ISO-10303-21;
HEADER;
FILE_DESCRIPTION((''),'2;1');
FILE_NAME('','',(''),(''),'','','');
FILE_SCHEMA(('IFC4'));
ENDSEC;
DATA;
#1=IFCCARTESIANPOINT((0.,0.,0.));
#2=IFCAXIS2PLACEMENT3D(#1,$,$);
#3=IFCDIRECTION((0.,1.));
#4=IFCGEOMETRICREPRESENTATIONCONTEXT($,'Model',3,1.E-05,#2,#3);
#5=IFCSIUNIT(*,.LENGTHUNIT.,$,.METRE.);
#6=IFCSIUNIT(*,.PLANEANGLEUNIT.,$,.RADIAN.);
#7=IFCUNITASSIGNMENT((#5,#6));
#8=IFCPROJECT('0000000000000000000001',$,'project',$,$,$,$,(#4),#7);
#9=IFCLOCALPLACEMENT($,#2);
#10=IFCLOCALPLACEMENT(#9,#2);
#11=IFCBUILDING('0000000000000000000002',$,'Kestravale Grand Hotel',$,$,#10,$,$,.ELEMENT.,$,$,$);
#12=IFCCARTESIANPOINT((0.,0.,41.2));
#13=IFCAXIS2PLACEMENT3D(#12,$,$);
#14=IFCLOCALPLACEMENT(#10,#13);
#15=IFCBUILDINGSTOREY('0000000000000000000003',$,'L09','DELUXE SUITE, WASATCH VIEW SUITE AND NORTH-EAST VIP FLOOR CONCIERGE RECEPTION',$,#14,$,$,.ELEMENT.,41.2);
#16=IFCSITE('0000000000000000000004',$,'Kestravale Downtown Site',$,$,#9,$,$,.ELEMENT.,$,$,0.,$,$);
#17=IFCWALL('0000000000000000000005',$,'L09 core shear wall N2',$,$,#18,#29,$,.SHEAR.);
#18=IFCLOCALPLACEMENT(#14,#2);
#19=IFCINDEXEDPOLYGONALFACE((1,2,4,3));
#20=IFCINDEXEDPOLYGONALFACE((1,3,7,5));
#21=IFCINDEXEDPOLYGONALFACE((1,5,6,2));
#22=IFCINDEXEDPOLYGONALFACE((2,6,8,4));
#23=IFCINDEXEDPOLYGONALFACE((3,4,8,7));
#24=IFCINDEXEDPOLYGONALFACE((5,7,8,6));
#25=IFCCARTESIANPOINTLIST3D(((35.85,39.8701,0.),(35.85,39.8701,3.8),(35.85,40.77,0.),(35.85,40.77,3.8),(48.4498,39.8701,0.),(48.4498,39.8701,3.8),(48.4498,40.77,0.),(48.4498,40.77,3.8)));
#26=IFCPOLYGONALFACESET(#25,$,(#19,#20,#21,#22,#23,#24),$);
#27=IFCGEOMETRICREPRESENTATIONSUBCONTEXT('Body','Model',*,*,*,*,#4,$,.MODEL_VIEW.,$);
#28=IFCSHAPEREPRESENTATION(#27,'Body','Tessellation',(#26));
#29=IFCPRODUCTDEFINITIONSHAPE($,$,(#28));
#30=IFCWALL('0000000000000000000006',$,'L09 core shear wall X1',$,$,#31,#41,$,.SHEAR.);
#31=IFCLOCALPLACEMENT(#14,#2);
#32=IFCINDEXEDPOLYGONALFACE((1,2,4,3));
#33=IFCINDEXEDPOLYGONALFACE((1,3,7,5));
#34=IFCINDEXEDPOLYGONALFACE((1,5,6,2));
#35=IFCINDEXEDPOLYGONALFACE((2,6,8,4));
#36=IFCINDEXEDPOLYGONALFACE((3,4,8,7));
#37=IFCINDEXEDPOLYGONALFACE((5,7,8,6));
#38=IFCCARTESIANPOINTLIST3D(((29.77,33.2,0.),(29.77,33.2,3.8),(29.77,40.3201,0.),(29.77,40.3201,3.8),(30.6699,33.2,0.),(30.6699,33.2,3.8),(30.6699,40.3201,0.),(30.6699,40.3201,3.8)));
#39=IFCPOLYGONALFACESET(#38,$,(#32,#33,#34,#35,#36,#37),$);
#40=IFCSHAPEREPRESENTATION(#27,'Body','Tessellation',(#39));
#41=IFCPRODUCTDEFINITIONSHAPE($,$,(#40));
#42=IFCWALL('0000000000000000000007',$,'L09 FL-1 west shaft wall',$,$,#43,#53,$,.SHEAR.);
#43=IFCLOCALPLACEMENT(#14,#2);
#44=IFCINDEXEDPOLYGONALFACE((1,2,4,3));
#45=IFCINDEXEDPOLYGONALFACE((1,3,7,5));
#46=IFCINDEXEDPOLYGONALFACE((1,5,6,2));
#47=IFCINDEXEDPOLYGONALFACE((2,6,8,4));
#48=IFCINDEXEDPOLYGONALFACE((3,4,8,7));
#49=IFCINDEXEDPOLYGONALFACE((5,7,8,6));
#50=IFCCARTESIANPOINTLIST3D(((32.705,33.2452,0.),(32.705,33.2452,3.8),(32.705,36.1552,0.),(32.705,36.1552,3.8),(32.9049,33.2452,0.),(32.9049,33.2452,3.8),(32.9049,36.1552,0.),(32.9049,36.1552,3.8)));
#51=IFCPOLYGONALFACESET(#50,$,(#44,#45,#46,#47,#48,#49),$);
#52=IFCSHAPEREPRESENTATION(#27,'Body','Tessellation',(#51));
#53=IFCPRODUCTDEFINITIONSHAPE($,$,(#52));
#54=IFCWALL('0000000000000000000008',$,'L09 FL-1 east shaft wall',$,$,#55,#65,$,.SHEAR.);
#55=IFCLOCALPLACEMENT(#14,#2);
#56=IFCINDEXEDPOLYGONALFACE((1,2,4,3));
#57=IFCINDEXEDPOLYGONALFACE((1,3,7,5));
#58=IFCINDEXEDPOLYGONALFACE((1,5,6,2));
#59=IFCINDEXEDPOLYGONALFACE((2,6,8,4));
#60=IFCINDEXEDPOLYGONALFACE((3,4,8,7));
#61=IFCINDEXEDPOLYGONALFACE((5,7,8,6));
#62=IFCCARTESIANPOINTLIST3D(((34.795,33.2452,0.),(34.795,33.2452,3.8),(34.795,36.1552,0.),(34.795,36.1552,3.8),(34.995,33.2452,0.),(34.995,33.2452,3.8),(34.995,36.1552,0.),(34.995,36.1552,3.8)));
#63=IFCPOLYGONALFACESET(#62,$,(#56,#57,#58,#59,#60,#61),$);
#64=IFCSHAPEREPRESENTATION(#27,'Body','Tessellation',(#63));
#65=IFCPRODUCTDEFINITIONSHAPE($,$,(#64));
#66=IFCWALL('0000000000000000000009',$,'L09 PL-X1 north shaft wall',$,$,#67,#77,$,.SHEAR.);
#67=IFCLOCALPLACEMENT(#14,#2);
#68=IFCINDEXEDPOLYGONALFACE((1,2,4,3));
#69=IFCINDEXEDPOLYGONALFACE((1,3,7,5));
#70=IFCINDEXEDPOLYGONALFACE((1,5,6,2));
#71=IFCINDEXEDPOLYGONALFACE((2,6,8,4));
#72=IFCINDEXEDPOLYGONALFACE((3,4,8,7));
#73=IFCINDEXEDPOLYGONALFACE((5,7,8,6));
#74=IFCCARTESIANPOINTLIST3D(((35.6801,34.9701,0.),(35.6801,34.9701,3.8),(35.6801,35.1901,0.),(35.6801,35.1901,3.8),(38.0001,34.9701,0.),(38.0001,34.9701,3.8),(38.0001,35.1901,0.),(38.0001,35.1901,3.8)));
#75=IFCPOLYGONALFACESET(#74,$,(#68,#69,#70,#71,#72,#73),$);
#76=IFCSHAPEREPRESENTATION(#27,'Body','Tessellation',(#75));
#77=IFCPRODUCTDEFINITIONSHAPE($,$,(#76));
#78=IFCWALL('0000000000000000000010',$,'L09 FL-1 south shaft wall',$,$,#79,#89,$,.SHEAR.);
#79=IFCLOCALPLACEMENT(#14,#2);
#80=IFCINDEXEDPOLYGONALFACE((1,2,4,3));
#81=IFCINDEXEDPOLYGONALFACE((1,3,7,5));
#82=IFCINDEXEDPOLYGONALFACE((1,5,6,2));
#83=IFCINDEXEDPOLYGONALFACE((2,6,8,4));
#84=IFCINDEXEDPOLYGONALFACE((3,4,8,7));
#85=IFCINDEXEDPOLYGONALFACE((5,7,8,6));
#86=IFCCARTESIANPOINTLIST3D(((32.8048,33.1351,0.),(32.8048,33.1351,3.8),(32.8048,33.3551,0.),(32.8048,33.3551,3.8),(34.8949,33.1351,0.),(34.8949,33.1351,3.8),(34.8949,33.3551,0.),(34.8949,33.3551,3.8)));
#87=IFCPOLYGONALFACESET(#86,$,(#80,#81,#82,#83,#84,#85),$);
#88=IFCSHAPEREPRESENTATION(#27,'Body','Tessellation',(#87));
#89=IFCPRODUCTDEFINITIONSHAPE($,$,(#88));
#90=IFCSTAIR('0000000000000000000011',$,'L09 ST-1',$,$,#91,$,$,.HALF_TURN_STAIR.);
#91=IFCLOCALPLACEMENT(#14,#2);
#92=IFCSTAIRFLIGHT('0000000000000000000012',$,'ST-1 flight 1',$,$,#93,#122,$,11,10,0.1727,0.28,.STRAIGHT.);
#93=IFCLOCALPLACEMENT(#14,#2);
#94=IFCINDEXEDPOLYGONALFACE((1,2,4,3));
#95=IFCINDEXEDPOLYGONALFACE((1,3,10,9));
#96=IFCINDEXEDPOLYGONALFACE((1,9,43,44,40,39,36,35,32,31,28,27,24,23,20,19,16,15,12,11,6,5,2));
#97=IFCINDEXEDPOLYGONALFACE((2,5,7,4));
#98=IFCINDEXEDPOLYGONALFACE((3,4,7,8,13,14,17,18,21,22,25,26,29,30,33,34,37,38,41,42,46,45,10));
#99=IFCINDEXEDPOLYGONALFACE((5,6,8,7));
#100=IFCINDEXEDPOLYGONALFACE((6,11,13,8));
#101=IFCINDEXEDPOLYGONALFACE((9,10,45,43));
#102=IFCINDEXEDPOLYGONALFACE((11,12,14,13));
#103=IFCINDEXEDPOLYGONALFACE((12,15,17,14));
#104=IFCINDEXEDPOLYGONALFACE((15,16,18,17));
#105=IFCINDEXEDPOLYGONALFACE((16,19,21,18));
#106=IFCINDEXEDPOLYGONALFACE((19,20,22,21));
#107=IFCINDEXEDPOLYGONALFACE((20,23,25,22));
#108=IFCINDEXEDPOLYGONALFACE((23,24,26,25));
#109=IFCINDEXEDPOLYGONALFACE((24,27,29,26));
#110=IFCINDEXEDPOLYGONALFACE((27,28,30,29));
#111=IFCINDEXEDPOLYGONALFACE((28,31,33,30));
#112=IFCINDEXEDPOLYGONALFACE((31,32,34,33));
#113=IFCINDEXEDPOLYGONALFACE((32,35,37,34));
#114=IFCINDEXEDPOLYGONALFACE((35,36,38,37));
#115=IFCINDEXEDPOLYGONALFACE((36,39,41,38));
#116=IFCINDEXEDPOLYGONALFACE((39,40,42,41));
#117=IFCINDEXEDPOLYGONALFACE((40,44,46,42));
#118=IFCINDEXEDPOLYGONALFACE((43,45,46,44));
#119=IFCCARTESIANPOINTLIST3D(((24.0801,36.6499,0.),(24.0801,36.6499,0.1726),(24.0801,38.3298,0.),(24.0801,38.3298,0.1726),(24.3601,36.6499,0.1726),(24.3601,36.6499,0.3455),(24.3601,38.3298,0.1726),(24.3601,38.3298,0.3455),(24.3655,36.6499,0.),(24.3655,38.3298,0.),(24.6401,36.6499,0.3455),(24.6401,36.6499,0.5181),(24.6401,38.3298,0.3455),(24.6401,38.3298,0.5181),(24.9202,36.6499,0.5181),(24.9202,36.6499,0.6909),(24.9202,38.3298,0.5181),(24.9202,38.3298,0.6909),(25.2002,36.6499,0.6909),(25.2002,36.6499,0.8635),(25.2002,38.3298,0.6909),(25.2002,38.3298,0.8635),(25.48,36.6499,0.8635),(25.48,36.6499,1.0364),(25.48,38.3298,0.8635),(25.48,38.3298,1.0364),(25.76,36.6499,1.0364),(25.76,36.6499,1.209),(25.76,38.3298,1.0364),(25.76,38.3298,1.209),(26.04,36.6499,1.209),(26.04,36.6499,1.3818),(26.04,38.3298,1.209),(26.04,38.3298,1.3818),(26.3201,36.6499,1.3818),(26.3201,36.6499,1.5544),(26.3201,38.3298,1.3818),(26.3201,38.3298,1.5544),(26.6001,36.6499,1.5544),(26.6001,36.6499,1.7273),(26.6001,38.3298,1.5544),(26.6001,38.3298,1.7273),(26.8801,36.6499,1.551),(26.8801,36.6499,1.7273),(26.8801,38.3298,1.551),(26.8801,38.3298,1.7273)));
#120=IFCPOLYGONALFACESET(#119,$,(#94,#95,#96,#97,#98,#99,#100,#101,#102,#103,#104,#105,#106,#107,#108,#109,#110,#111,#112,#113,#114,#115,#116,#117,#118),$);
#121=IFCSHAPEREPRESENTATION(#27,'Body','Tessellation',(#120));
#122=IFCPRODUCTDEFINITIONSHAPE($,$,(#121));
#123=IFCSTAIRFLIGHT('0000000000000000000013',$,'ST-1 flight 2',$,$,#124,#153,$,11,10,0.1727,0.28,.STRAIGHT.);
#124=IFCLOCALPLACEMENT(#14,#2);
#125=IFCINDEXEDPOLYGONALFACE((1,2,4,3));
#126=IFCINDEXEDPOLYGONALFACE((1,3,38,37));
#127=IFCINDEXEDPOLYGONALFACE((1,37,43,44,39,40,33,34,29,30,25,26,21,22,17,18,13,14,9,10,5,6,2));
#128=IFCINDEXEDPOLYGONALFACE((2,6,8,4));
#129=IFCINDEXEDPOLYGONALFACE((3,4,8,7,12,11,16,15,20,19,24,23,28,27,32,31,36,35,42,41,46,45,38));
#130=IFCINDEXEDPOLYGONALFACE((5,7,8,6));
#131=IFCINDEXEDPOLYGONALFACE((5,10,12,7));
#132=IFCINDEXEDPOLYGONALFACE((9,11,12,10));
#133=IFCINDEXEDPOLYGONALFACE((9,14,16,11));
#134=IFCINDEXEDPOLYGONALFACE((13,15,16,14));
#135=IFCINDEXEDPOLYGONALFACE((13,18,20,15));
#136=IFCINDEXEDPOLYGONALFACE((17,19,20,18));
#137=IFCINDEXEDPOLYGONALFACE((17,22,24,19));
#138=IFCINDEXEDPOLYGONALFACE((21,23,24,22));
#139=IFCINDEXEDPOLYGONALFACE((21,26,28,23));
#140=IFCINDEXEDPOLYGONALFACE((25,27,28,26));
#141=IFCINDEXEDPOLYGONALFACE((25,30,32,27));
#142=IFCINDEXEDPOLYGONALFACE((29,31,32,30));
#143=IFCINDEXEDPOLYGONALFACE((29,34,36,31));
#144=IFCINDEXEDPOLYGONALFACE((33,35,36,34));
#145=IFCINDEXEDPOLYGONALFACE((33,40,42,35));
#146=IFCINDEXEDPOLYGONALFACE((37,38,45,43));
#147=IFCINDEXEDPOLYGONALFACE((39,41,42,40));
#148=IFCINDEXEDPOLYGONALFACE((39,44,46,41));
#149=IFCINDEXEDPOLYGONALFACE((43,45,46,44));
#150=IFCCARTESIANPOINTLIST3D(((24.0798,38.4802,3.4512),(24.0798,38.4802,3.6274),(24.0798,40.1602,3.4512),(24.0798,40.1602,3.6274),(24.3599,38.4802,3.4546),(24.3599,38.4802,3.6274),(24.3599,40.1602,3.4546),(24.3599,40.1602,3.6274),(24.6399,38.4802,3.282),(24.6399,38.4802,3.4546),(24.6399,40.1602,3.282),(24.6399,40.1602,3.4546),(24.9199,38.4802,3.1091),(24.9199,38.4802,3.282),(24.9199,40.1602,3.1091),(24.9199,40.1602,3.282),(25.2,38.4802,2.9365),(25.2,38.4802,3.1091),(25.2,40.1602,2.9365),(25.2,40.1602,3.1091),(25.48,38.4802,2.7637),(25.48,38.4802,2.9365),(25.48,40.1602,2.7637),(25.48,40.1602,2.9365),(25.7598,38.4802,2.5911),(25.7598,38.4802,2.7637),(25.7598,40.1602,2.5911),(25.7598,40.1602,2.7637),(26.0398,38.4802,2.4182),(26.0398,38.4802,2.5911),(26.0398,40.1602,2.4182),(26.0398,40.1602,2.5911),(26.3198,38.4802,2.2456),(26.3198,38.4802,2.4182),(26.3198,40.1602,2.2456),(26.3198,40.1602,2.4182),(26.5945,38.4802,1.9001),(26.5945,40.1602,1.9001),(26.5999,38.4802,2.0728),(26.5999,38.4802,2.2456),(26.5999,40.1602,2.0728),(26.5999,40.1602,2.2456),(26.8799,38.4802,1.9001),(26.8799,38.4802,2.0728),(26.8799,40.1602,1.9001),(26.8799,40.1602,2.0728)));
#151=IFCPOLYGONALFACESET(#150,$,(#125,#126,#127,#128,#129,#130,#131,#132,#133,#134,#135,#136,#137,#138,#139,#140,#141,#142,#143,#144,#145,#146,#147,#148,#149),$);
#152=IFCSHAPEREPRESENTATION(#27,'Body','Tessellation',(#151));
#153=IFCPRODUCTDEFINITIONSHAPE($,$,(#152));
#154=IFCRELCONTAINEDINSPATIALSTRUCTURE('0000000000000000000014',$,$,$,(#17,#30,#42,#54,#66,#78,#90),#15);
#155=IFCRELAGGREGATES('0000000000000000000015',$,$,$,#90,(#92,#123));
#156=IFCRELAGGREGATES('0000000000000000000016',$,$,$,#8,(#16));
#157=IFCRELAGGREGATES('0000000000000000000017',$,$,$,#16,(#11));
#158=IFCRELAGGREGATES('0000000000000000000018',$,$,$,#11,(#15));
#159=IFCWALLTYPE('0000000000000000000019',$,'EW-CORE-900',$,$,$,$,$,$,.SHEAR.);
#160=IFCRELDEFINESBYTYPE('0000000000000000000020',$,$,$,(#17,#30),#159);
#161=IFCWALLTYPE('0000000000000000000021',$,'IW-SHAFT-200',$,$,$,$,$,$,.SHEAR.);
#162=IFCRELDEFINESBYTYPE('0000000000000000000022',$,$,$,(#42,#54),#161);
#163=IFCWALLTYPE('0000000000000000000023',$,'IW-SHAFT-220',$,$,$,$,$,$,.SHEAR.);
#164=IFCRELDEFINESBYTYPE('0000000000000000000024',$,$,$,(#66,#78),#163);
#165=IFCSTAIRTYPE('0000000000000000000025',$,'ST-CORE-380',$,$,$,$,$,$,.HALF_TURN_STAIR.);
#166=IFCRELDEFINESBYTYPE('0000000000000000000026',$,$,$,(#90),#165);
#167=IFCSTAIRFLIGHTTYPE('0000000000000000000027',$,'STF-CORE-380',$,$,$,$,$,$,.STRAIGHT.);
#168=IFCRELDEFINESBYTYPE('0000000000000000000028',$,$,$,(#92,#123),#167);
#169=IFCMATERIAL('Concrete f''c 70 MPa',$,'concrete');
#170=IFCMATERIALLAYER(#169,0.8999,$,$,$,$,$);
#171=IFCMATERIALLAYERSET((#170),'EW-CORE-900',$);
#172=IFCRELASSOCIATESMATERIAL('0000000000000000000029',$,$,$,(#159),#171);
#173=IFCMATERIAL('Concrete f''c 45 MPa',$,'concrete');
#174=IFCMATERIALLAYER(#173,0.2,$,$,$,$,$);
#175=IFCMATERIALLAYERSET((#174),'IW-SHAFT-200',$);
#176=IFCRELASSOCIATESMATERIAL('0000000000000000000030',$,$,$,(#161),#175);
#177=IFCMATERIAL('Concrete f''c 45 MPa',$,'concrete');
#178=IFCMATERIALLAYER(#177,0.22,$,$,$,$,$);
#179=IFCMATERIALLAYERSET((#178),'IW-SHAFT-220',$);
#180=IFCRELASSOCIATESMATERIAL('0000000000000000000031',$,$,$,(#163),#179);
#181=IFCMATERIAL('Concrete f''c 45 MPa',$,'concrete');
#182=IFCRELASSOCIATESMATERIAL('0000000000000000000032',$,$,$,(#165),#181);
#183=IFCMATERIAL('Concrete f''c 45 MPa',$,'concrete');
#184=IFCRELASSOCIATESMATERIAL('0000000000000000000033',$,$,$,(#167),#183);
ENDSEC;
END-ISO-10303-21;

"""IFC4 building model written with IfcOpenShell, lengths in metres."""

from ifc_helpers import new_model, si_unit, direction, frame, frame_2d, origin, place, context, subcontext, project, spatial, polyline, rectangle, outline, extrude, material, layer, layer_set, type_object, element, aggregate, save


model = new_model("IFC4")

# Units and contexts
model_context = context("Model", 3, precision=1e-05, world=origin(), true_north=direction((0.0, 1.0)))
body_context = subcontext(model_context, "Body", "Model", "MODEL_VIEW")
ifc_project = project(units=[si_unit("LENGTHUNIT", "METRE"), si_unit("PLANEANGLEUNIT", "RADIAN")], contexts=[model_context])

# Site, building, storey
site_placement = place(None, origin())
site = spatial("IfcSite", under=ifc_project, at=site_placement, Name="Kestravale Downtown Site", CompositionType="ELEMENT", RefElevation=0.0)
building_placement = place(site_placement, origin())
building = spatial("IfcBuilding", under=site, at=building_placement, Name="Kestravale Grand Hotel", CompositionType="ELEMENT")
storey_placement = place(building_placement, frame((0.0, 0.0, 41.2)))
storey = spatial("IfcBuildingStorey", under=building, at=storey_placement, Name="L09", Description="DELUXE SUITE, WASATCH VIEW SUITE AND NORTH-EAST VIP FLOOR CONCIERGE RECEPTION", CompositionType="ELEMENT", Elevation=41.2)

# Walls
ifc_material_1 = material(Name="Concrete f'c 70 MPa", Category="concrete")
ifc_layer_1 = layer(ifc_material_1, 0.8999)
ifc_layer_set_1 = layer_set([ifc_layer_1], Name="EW-CORE-900")
wall_type_1 = type_object("IfcWallType", Name="EW-CORE-900", PredefinedType="SHEAR", material=ifc_layer_set_1)
wall_1_placement = place(storey_placement, frame((35.8501, 40.3201, 0.0), z_axis=(0.0, 0.0, 1.0), x_axis=(1.0, 0.0, 0.0)))
element("IfcWall", 1, at=wall_1_placement, inside=storey, type_object=wall_type_1, Name="L09 core shear wall N2", PredefinedType="SHEAR", context=body_context, shape_type="SweptSolid", body=[
    extrude(rectangle(XDim=12.5999, YDim=0.8999, at=frame_2d((6.2998, 0.0))), origin(), (0.0, 0.0, 1.0), 3.8),
])
wall_2_placement = place(storey_placement, frame((30.22, 33.2, 0.0), z_axis=(0.0, 0.0, 1.0), x_axis=(0.0, 1.0, 0.0)))
element("IfcWall", 2, at=wall_2_placement, inside=storey, type_object=wall_type_1, Name="L09 core shear wall X1", PredefinedType="SHEAR", context=body_context, shape_type="SweptSolid", body=[
    extrude(rectangle(XDim=7.1201, YDim=0.8999, at=frame_2d((3.5601, 0.0))), origin(), (0.0, 0.0, 1.0), 3.8),
])

# Walls
ifc_material_2 = material(Name="Concrete f'c 45 MPa", Category="concrete")
ifc_layer_2 = layer(ifc_material_2, 0.2)
ifc_layer_set_2 = layer_set([ifc_layer_2], Name="IW-SHAFT-200")
wall_type_2 = type_object("IfcWallType", Name="IW-SHAFT-200", PredefinedType="SHEAR", material=ifc_layer_set_2)
for number, where, z_axis, x_axis, name in (
    (3, (32.8049, 33.2451, 0.0), (0.0, 0.0, 1.0), (0.0, 1.0, 0.0), "L09 FL-1 west shaft wall"),
    (4, (34.895, 33.2451, 0.0), (0.0, 0.0, 1.0), (0.0, 1.0, 0.0), "L09 FL-1 east shaft wall"),
):
    element("IfcWall", number, at=place(storey_placement, frame(where, z_axis=z_axis, x_axis=x_axis)), inside=storey, type_object=wall_type_2, Name=name, PredefinedType="SHEAR", context=body_context, shape_type="SweptSolid", body=[
        extrude(rectangle(XDim=2.9099, YDim=0.2, at=frame_2d((1.4551, 0.0))), origin(), (0.0, 0.0, 1.0), 3.8),
    ])
ifc_material_3 = material(Name="Concrete f'c 45 MPa", Category="concrete")
ifc_layer_3 = layer(ifc_material_3, 0.22)
ifc_layer_set_3 = layer_set([ifc_layer_3], Name="IW-SHAFT-220")
wall_type_3 = type_object("IfcWallType", Name="IW-SHAFT-220", PredefinedType="SHEAR", material=ifc_layer_set_3)
wall_3_placement = place(storey_placement, frame((35.6799, 35.0801, 0.0), z_axis=(0.0, 0.0, 1.0), x_axis=(1.0, 0.0, 0.0)))
element("IfcWall", 5, at=wall_3_placement, inside=storey, type_object=wall_type_3, Name="L09 PL-X1 north shaft wall", PredefinedType="SHEAR", context=body_context, shape_type="SweptSolid", body=[
    extrude(rectangle(XDim=2.3201, YDim=0.22, at=frame_2d((1.1602, 0.0))), origin(), (0.0, 0.0, 1.0), 3.8),
])

# Wall
wall_4_placement = place(storey_placement, frame((32.8049, 33.2451, 0.0), z_axis=(0.0, 0.0, 1.0), x_axis=(1.0, 0.0, 0.0)))
element("IfcWall", 6, at=wall_4_placement, inside=storey, type_object=wall_type_3, Name="L09 FL-1 south shaft wall", PredefinedType="SHEAR", context=body_context, shape_type="SweptSolid", body=[
    extrude(rectangle(XDim=2.0901, YDim=0.22, at=frame_2d((1.0449, 0.0))), origin(), (0.0, 0.0, 1.0), 3.8),
])

# Stair, stair flights
ifc_material_4 = material(Name="Concrete f'c 45 MPa", Category="concrete")
stair_type = type_object("IfcStairType", Name="ST-CORE-380", PredefinedType="HALF_TURN_STAIR", material=ifc_material_4)
stair_placement = place(storey_placement, origin())
stair = element("IfcStair", 7, at=stair_placement, inside=storey, type_object=stair_type, Name="L09 ST-1", PredefinedType="HALF_TURN_STAIR")
ifc_material_5 = material(Name="Concrete f'c 45 MPa", Category="concrete")
stair_flight_type = type_object("IfcStairFlightType", Name="STF-CORE-380", PredefinedType="STRAIGHT", material=ifc_material_5)
stair_flight_1_placement = place(storey_placement, frame((24.0801, 37.49, 0.0), z_axis=(0.0, 0.0, 1.0), x_axis=(1.0, 0.0, 0.0)))
stair_flight_1 = element("IfcStairFlight", 8, at=stair_flight_1_placement, type_object=stair_flight_type, Name="ST-1 flight 1", NumberOfRisers=11, NumberOfTreads=10, PredefinedType="STRAIGHT", RiserHeight=0.1727, TreadLength=0.28, context=body_context, shape_type="SweptSolid", body=[
    extrude(outline(polyline([(0.0, 0.0), (0.0, 0.1726), (0.28, 0.1726), (0.28, 0.3455), (0.5601, 0.3455), (0.5601, 0.5181), (0.8401, 0.5181), (0.8401, 0.6909), (1.1201, 0.6909), (1.1201, 0.8635), (1.3999, 0.8635), (1.3999, 1.0364), (1.6799, 1.0364), (1.6799, 1.209), (1.96, 1.209), (1.96, 1.3818), (2.24, 1.3818), (2.24, 1.5544), (2.52, 1.5544), (2.52, 1.7273), (2.8, 1.7273), (2.8, 1.8999), (2.8, 1.551), (0.2854, 0.0), (0.0, 0.0)])), frame((0.0, 0.8398, 0.0), z_axis=(0.0, -1.0, 0.0), x_axis=(1.0, 0.0, 0.0)), (0.0, 0.0, 1.0), 1.6799),
])
stair_flight_2_placement = place(storey_placement, frame((26.8799, 39.3201, 1.9001), z_axis=(0.0, 0.0, 1.0), x_axis=(-1.0, 0.0, 0.0)))
stair_flight_2 = element("IfcStairFlight", 9, at=stair_flight_2_placement, type_object=stair_flight_type, Name="ST-1 flight 2", NumberOfRisers=11, NumberOfTreads=10, PredefinedType="STRAIGHT", RiserHeight=0.1727, TreadLength=0.28, context=body_context, shape_type="SweptSolid", body=[
    extrude(outline(polyline([(0.0, 0.0), (0.0, 0.1726), (0.28, 0.1726), (0.28, 0.3455), (0.5601, 0.3455), (0.5601, 0.5181), (0.8401, 0.5181), (0.8401, 0.6909), (1.1201, 0.6909), (1.1201, 0.8635), (1.3999, 0.8635), (1.3999, 1.0364), (1.6799, 1.0364), (1.6799, 1.209), (1.96, 1.209), (1.96, 1.3818), (2.24, 1.3818), (2.24, 1.5544), (2.52, 1.5544), (2.52, 1.7273), (2.8, 1.7273), (2.8, 1.8999), (2.8, 1.551), (0.2854, 0.0), (0.0, 0.0)])), frame((0.0, 0.8398, 0.0), z_axis=(0.0, -1.0, 0.0), x_axis=(1.0, 0.0, 0.0)), (0.0, 0.0, 1.0), 1.6799),
])
aggregate(stair, [stair_flight_1, stair_flight_2])

save(model, "model.ifc")
